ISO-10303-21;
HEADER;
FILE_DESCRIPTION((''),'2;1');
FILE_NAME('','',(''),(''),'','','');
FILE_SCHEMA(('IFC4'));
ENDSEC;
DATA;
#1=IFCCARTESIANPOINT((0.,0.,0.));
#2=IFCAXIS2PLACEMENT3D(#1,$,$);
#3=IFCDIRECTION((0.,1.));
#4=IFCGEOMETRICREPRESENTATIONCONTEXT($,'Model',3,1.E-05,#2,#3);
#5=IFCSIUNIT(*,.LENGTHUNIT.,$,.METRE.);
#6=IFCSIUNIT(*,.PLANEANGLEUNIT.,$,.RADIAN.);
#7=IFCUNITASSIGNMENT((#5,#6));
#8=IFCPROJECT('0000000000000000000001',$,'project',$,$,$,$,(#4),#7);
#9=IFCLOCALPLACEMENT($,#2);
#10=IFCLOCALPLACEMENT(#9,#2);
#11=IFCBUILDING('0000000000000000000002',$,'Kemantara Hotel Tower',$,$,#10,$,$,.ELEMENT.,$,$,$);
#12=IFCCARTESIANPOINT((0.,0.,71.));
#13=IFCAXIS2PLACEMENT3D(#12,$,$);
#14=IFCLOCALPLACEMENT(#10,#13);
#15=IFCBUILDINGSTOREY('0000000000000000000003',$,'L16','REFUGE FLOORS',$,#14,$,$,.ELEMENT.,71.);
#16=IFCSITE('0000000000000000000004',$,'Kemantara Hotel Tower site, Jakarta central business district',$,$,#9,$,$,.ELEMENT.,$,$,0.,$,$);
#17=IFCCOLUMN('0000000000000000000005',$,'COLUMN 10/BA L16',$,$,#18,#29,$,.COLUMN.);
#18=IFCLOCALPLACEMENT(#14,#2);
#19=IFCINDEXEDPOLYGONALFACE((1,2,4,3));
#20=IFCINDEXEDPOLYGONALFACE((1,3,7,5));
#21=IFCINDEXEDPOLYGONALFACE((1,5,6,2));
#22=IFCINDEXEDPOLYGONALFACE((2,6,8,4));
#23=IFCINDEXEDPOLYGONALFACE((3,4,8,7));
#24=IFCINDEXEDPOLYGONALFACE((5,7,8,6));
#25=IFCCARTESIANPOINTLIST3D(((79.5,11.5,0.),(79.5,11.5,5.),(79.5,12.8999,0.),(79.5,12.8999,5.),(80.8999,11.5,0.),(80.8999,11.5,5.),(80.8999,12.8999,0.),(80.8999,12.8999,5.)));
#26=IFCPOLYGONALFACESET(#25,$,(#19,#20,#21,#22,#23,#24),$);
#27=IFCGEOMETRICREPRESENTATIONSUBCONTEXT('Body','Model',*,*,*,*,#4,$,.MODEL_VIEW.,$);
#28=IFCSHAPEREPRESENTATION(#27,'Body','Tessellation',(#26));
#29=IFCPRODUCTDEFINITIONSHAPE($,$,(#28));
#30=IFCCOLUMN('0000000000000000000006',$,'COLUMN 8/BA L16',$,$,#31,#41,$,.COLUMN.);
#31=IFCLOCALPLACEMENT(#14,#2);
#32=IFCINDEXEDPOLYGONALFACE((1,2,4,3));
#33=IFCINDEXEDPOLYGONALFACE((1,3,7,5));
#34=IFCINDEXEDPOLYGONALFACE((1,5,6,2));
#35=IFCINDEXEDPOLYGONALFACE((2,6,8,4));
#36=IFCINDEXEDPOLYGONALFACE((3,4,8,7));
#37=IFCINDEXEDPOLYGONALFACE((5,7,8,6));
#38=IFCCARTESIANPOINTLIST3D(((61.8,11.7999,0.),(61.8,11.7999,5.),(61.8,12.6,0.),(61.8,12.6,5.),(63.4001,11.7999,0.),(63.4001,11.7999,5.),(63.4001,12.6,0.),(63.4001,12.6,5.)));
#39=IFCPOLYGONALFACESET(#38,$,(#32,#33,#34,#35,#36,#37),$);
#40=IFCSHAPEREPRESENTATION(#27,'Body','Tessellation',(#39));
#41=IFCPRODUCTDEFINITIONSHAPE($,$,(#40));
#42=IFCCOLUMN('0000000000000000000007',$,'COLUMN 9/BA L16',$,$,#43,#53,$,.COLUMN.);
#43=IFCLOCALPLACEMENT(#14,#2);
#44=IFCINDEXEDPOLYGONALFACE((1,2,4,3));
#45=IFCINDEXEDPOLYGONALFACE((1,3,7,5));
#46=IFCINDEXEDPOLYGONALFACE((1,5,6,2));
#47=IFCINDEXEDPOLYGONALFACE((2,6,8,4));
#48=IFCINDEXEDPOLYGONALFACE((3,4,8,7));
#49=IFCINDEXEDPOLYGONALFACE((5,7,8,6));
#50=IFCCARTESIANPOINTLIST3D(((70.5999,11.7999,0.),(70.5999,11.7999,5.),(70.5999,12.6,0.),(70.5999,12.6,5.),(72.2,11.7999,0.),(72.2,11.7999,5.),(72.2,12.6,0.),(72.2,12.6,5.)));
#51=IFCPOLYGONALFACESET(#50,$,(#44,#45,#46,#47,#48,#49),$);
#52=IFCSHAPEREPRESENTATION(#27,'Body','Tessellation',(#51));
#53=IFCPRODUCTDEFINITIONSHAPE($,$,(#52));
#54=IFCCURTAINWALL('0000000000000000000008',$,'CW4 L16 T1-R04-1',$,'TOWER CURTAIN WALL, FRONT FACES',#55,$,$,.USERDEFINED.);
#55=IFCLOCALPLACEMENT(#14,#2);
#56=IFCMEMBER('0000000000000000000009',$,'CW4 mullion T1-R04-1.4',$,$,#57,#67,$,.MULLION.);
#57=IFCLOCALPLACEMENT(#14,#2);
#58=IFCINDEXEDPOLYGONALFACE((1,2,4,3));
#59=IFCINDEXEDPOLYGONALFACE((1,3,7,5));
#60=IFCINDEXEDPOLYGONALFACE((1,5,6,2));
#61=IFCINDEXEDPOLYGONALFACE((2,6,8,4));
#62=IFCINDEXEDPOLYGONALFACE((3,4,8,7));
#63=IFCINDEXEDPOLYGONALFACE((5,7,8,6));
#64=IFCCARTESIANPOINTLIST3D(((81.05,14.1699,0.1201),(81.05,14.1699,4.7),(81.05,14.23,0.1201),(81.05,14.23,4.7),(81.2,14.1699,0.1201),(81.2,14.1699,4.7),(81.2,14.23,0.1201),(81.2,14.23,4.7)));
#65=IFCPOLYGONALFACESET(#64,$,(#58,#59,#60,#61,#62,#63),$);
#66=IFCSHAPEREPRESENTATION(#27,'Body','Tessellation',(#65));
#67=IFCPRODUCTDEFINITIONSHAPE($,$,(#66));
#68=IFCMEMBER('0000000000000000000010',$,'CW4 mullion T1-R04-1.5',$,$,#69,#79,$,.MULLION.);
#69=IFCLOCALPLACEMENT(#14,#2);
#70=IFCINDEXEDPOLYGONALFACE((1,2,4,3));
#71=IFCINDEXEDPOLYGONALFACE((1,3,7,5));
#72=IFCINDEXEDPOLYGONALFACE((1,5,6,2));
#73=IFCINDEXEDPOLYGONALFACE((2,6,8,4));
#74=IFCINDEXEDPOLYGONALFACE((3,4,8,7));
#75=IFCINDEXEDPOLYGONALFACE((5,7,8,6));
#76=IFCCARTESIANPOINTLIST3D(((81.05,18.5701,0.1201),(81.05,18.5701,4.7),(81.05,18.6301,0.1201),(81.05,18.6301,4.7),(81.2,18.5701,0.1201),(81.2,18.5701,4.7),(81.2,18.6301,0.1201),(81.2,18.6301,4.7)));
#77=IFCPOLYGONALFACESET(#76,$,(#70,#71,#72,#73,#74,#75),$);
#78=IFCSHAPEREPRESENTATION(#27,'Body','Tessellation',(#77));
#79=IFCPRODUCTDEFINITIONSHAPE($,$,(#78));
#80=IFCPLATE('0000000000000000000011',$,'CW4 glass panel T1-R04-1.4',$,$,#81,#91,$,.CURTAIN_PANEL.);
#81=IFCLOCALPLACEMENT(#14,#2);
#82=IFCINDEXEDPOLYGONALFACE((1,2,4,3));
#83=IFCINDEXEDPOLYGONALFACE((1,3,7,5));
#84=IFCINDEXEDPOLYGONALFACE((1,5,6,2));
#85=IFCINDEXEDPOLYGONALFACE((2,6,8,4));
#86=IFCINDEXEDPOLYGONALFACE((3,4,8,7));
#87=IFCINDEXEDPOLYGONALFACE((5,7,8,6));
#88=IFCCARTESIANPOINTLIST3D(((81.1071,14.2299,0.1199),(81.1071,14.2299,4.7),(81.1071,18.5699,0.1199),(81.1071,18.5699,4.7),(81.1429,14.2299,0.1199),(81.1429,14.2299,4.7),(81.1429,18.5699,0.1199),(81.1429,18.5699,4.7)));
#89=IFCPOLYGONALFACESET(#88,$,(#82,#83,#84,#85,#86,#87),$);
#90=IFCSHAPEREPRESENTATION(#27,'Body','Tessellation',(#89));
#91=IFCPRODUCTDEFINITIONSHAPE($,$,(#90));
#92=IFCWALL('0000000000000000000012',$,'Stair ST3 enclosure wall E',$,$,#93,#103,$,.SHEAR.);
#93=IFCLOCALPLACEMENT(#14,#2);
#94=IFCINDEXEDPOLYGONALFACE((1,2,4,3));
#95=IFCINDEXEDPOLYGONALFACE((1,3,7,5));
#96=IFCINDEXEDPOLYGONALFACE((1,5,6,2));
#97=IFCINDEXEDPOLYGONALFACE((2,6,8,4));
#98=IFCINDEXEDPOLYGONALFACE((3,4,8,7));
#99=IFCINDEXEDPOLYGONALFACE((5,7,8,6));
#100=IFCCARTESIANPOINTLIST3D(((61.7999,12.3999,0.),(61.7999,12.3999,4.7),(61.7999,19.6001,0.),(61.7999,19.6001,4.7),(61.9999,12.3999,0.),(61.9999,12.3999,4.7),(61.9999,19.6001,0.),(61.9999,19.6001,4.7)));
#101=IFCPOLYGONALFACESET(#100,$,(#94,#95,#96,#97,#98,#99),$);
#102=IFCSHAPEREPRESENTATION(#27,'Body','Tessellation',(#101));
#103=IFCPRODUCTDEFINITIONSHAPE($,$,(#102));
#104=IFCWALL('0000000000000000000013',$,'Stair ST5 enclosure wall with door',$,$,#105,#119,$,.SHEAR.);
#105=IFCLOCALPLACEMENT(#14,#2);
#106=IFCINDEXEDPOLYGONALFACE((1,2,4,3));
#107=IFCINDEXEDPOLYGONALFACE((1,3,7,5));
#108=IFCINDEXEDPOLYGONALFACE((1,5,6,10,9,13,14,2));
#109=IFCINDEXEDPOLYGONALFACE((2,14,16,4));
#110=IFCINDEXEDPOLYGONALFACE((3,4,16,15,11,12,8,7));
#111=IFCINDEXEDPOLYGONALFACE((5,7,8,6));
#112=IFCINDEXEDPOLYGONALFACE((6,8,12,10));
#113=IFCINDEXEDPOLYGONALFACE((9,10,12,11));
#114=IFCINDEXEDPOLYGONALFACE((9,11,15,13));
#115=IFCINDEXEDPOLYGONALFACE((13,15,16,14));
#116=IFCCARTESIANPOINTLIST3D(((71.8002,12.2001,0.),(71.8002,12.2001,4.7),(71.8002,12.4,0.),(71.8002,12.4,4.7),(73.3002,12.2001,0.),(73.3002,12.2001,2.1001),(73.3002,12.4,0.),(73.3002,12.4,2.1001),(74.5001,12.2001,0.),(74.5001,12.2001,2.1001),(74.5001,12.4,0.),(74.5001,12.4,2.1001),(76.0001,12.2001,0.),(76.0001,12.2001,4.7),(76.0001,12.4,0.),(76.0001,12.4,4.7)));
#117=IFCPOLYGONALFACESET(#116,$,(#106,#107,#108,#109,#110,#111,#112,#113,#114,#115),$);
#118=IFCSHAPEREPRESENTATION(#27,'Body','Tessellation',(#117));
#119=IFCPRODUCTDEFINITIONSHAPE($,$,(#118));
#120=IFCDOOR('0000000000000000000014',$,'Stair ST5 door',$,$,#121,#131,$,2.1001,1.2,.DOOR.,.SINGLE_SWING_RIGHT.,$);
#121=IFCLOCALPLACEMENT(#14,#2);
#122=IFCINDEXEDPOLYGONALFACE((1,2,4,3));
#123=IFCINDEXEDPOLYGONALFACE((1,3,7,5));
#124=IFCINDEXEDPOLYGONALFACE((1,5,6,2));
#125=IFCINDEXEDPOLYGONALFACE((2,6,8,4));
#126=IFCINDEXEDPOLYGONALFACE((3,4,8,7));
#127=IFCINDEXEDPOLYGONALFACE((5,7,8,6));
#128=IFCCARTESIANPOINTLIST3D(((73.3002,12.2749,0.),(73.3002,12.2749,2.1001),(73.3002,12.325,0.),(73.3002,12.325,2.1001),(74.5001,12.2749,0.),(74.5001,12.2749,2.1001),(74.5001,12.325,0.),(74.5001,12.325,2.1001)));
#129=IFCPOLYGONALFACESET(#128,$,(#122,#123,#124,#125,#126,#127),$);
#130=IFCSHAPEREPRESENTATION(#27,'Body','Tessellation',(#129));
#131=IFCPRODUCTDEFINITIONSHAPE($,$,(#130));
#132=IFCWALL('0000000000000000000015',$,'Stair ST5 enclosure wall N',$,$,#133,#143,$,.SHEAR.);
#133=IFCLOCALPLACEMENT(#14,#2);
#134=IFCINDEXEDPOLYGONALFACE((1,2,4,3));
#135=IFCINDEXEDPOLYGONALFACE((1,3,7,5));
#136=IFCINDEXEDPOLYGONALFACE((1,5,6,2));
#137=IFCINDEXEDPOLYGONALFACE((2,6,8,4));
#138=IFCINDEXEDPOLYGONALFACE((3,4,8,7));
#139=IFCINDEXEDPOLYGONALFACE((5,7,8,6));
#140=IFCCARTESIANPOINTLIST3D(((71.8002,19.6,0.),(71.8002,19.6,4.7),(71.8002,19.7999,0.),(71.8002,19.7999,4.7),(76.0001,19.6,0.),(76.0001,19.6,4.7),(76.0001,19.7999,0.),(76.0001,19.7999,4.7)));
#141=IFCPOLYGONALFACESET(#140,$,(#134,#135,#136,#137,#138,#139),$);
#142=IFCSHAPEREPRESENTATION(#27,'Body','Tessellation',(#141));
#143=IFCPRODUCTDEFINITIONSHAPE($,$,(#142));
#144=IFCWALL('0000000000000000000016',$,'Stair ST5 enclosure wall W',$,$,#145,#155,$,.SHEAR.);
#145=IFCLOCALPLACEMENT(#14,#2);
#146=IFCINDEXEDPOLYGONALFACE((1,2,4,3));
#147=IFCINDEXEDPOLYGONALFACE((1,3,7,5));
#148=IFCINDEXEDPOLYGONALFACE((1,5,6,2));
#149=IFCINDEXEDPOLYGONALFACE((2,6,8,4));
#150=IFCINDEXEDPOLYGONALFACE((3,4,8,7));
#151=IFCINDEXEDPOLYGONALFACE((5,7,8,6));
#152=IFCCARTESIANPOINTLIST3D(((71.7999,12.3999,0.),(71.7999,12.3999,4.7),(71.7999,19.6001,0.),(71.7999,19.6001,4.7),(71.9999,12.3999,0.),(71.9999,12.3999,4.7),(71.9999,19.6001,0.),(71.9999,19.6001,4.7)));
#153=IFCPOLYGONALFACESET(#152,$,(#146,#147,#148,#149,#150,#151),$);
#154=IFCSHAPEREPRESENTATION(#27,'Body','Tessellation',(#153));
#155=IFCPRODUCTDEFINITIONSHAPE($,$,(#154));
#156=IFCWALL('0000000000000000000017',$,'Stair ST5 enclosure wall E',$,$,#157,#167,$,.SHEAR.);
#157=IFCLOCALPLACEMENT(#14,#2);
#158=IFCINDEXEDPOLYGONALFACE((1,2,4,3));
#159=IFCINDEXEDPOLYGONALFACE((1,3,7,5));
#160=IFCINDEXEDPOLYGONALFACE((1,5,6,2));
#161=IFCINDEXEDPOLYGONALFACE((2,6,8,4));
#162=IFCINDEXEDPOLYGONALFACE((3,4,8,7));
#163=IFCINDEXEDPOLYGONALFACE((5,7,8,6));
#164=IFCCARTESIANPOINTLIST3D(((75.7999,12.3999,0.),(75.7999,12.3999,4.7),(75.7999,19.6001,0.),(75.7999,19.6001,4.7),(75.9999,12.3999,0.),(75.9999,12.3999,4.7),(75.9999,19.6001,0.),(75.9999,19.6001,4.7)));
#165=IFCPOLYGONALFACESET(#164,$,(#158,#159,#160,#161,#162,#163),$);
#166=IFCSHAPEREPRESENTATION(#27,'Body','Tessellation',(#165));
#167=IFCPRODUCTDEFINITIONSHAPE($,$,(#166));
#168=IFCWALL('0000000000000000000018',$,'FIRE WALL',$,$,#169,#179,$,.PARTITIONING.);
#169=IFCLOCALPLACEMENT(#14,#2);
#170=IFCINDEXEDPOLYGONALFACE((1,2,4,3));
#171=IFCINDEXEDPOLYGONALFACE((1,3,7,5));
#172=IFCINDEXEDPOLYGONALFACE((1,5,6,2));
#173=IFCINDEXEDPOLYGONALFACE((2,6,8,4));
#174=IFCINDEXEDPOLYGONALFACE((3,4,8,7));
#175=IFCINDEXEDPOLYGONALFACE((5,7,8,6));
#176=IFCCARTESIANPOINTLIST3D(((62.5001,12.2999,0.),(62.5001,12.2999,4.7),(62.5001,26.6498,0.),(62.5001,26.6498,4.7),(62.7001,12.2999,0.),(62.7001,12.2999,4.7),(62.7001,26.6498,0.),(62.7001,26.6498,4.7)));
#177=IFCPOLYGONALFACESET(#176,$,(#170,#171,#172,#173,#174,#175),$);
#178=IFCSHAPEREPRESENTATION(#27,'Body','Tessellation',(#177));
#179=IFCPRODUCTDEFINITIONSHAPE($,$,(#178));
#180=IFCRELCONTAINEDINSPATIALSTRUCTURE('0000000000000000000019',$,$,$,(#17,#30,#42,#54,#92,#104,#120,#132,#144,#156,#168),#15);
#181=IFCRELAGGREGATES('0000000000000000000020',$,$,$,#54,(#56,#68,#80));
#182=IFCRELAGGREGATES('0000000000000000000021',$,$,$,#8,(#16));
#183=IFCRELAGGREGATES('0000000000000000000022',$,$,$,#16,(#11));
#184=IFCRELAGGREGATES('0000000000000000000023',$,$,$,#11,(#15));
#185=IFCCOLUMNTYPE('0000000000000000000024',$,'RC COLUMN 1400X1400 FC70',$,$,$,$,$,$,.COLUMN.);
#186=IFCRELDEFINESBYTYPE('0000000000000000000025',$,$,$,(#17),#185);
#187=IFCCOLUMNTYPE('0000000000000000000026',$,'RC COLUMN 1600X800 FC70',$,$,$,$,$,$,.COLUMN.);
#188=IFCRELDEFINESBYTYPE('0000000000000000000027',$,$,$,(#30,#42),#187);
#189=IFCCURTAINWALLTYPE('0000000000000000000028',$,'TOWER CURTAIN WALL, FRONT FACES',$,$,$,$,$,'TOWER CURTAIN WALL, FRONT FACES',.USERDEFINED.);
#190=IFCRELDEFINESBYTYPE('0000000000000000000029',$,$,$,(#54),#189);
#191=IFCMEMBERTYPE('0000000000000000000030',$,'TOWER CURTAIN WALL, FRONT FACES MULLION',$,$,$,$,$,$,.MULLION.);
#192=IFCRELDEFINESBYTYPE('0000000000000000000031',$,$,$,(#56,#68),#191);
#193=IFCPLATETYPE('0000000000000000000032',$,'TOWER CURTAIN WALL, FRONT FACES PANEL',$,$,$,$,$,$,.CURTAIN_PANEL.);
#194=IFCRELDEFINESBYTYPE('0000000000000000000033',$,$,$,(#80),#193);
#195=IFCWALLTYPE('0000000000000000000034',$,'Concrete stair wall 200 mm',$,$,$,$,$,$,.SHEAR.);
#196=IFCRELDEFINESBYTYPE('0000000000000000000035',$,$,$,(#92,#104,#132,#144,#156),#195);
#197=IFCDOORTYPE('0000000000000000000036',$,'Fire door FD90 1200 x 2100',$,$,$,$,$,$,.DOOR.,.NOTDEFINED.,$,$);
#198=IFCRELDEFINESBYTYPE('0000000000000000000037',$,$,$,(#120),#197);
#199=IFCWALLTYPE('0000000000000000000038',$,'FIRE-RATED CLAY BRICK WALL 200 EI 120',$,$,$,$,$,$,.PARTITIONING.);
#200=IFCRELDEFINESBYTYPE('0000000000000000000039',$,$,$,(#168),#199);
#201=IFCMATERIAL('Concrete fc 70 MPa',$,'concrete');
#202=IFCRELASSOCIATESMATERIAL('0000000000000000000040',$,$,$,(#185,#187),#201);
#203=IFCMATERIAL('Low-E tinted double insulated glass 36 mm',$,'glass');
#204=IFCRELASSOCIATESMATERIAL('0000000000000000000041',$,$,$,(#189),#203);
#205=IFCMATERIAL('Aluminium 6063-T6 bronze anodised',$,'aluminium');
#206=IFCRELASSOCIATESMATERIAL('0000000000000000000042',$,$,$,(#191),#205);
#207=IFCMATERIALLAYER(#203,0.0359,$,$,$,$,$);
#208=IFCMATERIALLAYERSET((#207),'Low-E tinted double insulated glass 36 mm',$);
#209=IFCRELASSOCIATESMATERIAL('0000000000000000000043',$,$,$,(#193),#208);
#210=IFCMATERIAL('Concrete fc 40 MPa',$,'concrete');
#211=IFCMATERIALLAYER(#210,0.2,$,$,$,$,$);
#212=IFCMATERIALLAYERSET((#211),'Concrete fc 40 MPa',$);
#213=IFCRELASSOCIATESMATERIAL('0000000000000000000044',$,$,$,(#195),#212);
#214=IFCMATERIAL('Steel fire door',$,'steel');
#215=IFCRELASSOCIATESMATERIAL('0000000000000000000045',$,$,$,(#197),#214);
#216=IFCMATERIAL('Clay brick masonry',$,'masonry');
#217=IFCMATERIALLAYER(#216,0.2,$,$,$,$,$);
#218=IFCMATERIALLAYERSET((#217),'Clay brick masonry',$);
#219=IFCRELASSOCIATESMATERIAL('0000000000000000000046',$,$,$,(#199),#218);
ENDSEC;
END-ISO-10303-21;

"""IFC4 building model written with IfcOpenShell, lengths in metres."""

from ifc_helpers import new_model, si_unit, direction, frame, frame_2d, origin, origin_2d, place, context, subcontext, project, spatial, rectangle, extrude, source, transform, mapped, material, layer, layer_set, material_profile, profile_set, type_object, element, fill, aggregate, save


model = new_model("IFC4")

# Units and contexts
model_context = context("Model", 3, precision=1e-05, world=origin(), true_north=direction((0.0, 1.0)))
body_context = subcontext(model_context, "Body", "Model", "MODEL_VIEW")
ifc_project = project(units=[si_unit("LENGTHUNIT", "METRE"), si_unit("PLANEANGLEUNIT", "RADIAN")], contexts=[model_context])

# Site, building, storey
site_placement = place(None, origin())
site = spatial("IfcSite", under=ifc_project, at=site_placement, Name="Kemantara Hotel Tower site, Jakarta central business district", CompositionType="ELEMENT", RefElevation=0.0)
building_placement = place(site_placement, origin())
building = spatial("IfcBuilding", under=site, at=building_placement, Name="Kemantara Hotel Tower", CompositionType="ELEMENT")
storey_placement = place(building_placement, frame((0.0, 0.0, 71.0)))
storey = spatial("IfcBuildingStorey", under=building, at=storey_placement, Name="L16", Description="REFUGE FLOORS", CompositionType="ELEMENT", Elevation=71.0)

# Columns
ifc_material_1 = material(Name="Concrete fc 70 MPa", Category="concrete")
ifc_material_profile_1 = material_profile(ifc_material_1, rectangle(XDim=1.3999, YDim=1.3999, at=origin_2d()), Name="RC 1400X1400")
ifc_profile_set_1 = profile_set([ifc_material_profile_1], Name="Concrete fc 70 MPa")
column_type_1 = type_object("IfcColumnType", Name="RC COLUMN 1400X1400 FC70", PredefinedType="COLUMN", material=ifc_profile_set_1)
column_placement = place(storey_placement, frame((80.2, 12.2, 0.0), z_axis=(0.0, 0.0, 1.0), x_axis=(1.0, 0.0, 0.0)))
element("IfcColumn", 1, at=column_placement, inside=storey, type_object=column_type_1, Name="COLUMN 10/BA L16", PredefinedType="COLUMN", context=body_context, shape_type="SweptSolid", body=[
    extrude(rectangle(XDim=1.3999, YDim=1.3999, at=origin_2d()), origin(), (0.0, 0.0, 1.0), 5.0),
])
ifc_material_profile_2 = material_profile(ifc_material_1, rectangle(XDim=1.6001, YDim=0.8, at=origin_2d()), Name="RC 1600X800")
ifc_profile_set_2 = profile_set([ifc_material_profile_2], Name="Concrete fc 70 MPa")
column_type_2 = type_object("IfcColumnType", Name="RC COLUMN 1600X800 FC70", PredefinedType="COLUMN", material=ifc_profile_set_2)
for number, where, z_axis, x_axis, name in (
    (2, (62.6001, 12.2, 0.0), (0.0, 0.0, 1.0), (1.0, 0.0, 0.0), "COLUMN 8/BA L16"),
    (3, (71.3999, 12.2, 0.0), (0.0, 0.0, 1.0), (1.0, 0.0, 0.0), "COLUMN 9/BA L16"),
):
    element("IfcColumn", number, at=place(storey_placement, frame(where, z_axis=z_axis, x_axis=x_axis)), inside=storey, type_object=column_type_2, Name=name, PredefinedType="COLUMN", context=body_context, shape_type="SweptSolid", body=[
        extrude(rectangle(XDim=1.6001, YDim=0.8, at=origin_2d()), origin(), (0.0, 0.0, 1.0), 5.0),
    ])

# Curtain wall, members, plate
ifc_material_2 = material(Name="Low-E tinted double insulated glass 36 mm", Category="glass")
curtain_wall_type = type_object("IfcCurtainWallType", Name="TOWER CURTAIN WALL, FRONT FACES", ElementType="TOWER CURTAIN WALL, FRONT FACES", PredefinedType="USERDEFINED", material=ifc_material_2)
curtain_wall_placement = place(storey_placement, origin())
curtain_wall = element("IfcCurtainWall", 4, at=curtain_wall_placement, inside=storey, type_object=curtain_wall_type, Name="CW4 L16 T1-R04-1", ObjectType="TOWER CURTAIN WALL, FRONT FACES", PredefinedType="USERDEFINED")
ifc_material_3 = material(Name="Aluminium 6063-T6 bronze anodised", Category="aluminium")
ifc_material_profile_3 = material_profile(ifc_material_3, rectangle(XDim=0.1499, YDim=0.0601, at=origin_2d()), Name="TOWER CURTAIN WALL, FRONT FACES MULLION")
ifc_profile_set_3 = profile_set([ifc_material_profile_3], Name="Aluminium 6063-T6 bronze anodised")
member_type = type_object("IfcMemberType", Name="TOWER CURTAIN WALL, FRONT FACES MULLION", PredefinedType="MULLION", material=ifc_profile_set_3)
shared_shape_1 = source(origin(), body_context, "Body", "SweptSolid", [
    extrude(rectangle(XDim=0.1499, YDim=0.0601, at=origin_2d()), origin(), (0.0, 0.0, 1.0), 4.5798),
])
member_1_placement = place(storey_placement, frame((81.125, 14.2, 0.1201), z_axis=(0.0, 0.0, 1.0), x_axis=(-1.0, 0.0, 0.0)))
member_1 = element("IfcMember", 5, at=member_1_placement, type_object=member_type, Name="CW4 mullion T1-R04-1.4", PredefinedType="MULLION", context=body_context, shape_type="MappedRepresentation", body=[
    mapped(shared_shape_1, transform((0.0, 0.0, 0.0))),
])
member_2_placement = place(storey_placement, frame((81.125, 18.6001, 0.1201), z_axis=(0.0, 0.0, 1.0), x_axis=(-1.0, 0.0, 0.0)))
member_2 = element("IfcMember", 6, at=member_2_placement, type_object=member_type, Name="CW4 mullion T1-R04-1.5", PredefinedType="MULLION", context=body_context, shape_type="MappedRepresentation", body=[
    mapped(shared_shape_1, transform((0.0, 0.0, 0.0))),
])
ifc_layer_1 = layer(ifc_material_2, 0.0359)
ifc_layer_set_1 = layer_set([ifc_layer_1], Name="Low-E tinted double insulated glass 36 mm")
plate_type = type_object("IfcPlateType", Name="TOWER CURTAIN WALL, FRONT FACES PANEL", PredefinedType="CURTAIN_PANEL", material=ifc_layer_set_1)
shared_shape_2 = source(origin(), body_context, "Body", "SweptSolid", [
    extrude(rectangle(XDim=4.3401, YDim=0.0359, at=origin_2d()), origin(), (0.0, 0.0, 1.0), 4.5801),
])
plate_placement = place(storey_placement, frame((81.125, 16.3999, 0.1199), z_axis=(0.0, 0.0, 1.0), x_axis=(0.0, 1.0, 0.0)))
plate = element("IfcPlate", 7, at=plate_placement, type_object=plate_type, Name="CW4 glass panel T1-R04-1.4", PredefinedType="CURTAIN_PANEL", context=body_context, shape_type="MappedRepresentation", body=[
    mapped(shared_shape_2, transform((0.0, 0.0, 0.0))),
])
aggregate(curtain_wall, [member_1, member_2, plate])

# Wall
ifc_material_4 = material(Name="Concrete fc 40 MPa", Category="concrete")
ifc_layer_2 = layer(ifc_material_4, 0.2)
ifc_layer_set_2 = layer_set([ifc_layer_2], Name="Concrete fc 40 MPa")
wall_type_1 = type_object("IfcWallType", Name="Concrete stair wall 200 mm", PredefinedType="SHEAR", material=ifc_layer_set_2)
wall_1_placement = place(storey_placement, frame((61.8999, 12.3999, 0.0), z_axis=(0.0, 0.0, 1.0), x_axis=(0.0, 1.0, 0.0)))
element("IfcWall", 8, at=wall_1_placement, inside=storey, type_object=wall_type_1, Name="Stair ST3 enclosure wall E", PredefinedType="SHEAR", context=body_context, shape_type="SweptSolid", body=[
    extrude(rectangle(XDim=7.2002, YDim=0.2, at=frame_2d((3.6001, 0.0))), origin(), (0.0, 0.0, 1.0), 4.7),
])

# Wall, opening, door
wall_2_placement = place(storey_placement, frame((71.8, 12.3, 0.0), z_axis=(0.0, 0.0, 1.0), x_axis=(1.0, 0.0, 0.0)))
wall_2 = element("IfcWall", 9, at=wall_2_placement, inside=storey, type_object=wall_type_1, Name="Stair ST5 enclosure wall with door", PredefinedType="SHEAR", context=body_context, shape_type="SweptSolid", body=[
    extrude(rectangle(XDim=4.2, YDim=0.2, at=frame_2d((2.1001, 0.0))), origin(), (0.0, 0.0, 1.0), 4.7),
])
opening_1_placement = place(wall_2_placement, frame((1.5, 0.0, 0.0)))
opening_1 = element("IfcOpeningElement", 10, at=opening_1_placement, cuts=wall_2, PredefinedType="OPENING", context=body_context, shape_type="SweptSolid", body=[
    extrude(rectangle(XDim=1.2, YDim=2.1001, at=frame_2d((0.6001, 1.05))), frame((0.0, 0.1099, 0.0), z_axis=(0.0, -1.0, 0.0), x_axis=(1.0, 0.0, 0.0)), (0.0, 0.0, 1.0), 0.22),
])
ifc_material_5 = material(Name="Steel fire door", Category="steel")
door_type_1 = type_object("IfcDoorType", Name="Fire door FD90 1200 x 2100", OperationType="NOTDEFINED", PredefinedType="DOOR", material=ifc_material_5)
door_1_placement = place(opening_1_placement, origin())
door_1 = element("IfcDoor", 11, at=door_1_placement, inside=storey, type_object=door_type_1, Name="Stair ST5 door", OperationType="SINGLE_SWING_RIGHT", OverallHeight=2.1001, OverallWidth=1.2, PredefinedType="DOOR", context=body_context, shape_type="SweptSolid", body=[
    extrude(rectangle(XDim=1.2, YDim=2.1001, at=frame_2d((0.6001, 1.05))), frame((0.0, 0.0249, 0.0), z_axis=(0.0, -1.0, 0.0), x_axis=(1.0, 0.0, 0.0)), (0.0, 0.0, 1.0), 0.05),
])
fill(opening_1, door_1)

# Walls
wall_3_placement = place(storey_placement, frame((71.8, 19.7, 0.0), z_axis=(0.0, 0.0, 1.0), x_axis=(1.0, 0.0, 0.0)))
element("IfcWall", 12, at=wall_3_placement, inside=storey, type_object=wall_type_1, Name="Stair ST5 enclosure wall N", PredefinedType="SHEAR", context=body_context, shape_type="SweptSolid", body=[
    extrude(rectangle(XDim=4.2, YDim=0.2, at=frame_2d((2.1001, 0.0))), origin(), (0.0, 0.0, 1.0), 4.7),
])
for number, where, z_axis, x_axis, name in (
    (13, (71.8999, 12.3999, 0.0), (0.0, 0.0, 1.0), (0.0, 1.0, 0.0), "Stair ST5 enclosure wall W"),
    (14, (75.8999, 12.3999, 0.0), (0.0, 0.0, 1.0), (0.0, 1.0, 0.0), "Stair ST5 enclosure wall E"),
):
    element("IfcWall", number, at=place(storey_placement, frame(where, z_axis=z_axis, x_axis=x_axis)), inside=storey, type_object=wall_type_1, Name=name, PredefinedType="SHEAR", context=body_context, shape_type="SweptSolid", body=[
        extrude(rectangle(XDim=7.2002, YDim=0.2, at=frame_2d((3.6001, 0.0))), origin(), (0.0, 0.0, 1.0), 4.7),
    ])
ifc_material_6 = material(Name="Clay brick masonry", Category="masonry")
ifc_layer_3 = layer(ifc_material_6, 0.2)
ifc_layer_set_3 = layer_set([ifc_layer_3], Name="Clay brick masonry")
wall_type_2 = type_object("IfcWallType", Name="FIRE-RATED CLAY BRICK WALL 200 EI 120", PredefinedType="PARTITIONING", material=ifc_layer_set_3)
wall_4_placement = place(storey_placement, frame((62.6001, 12.3, 0.0), z_axis=(0.0, 0.0, 1.0), x_axis=(0.0, 1.0, 0.0)))
element("IfcWall", 15, at=wall_4_placement, inside=storey, type_object=wall_type_2, Name="FIRE WALL", PredefinedType="PARTITIONING", context=body_context, shape_type="SweptSolid", body=[
    extrude(rectangle(XDim=14.3499, YDim=0.2, at=frame_2d((7.1748, 0.0))), origin(), (0.0, 0.0, 1.0), 4.7),
])

save(model, "model.ifc")
